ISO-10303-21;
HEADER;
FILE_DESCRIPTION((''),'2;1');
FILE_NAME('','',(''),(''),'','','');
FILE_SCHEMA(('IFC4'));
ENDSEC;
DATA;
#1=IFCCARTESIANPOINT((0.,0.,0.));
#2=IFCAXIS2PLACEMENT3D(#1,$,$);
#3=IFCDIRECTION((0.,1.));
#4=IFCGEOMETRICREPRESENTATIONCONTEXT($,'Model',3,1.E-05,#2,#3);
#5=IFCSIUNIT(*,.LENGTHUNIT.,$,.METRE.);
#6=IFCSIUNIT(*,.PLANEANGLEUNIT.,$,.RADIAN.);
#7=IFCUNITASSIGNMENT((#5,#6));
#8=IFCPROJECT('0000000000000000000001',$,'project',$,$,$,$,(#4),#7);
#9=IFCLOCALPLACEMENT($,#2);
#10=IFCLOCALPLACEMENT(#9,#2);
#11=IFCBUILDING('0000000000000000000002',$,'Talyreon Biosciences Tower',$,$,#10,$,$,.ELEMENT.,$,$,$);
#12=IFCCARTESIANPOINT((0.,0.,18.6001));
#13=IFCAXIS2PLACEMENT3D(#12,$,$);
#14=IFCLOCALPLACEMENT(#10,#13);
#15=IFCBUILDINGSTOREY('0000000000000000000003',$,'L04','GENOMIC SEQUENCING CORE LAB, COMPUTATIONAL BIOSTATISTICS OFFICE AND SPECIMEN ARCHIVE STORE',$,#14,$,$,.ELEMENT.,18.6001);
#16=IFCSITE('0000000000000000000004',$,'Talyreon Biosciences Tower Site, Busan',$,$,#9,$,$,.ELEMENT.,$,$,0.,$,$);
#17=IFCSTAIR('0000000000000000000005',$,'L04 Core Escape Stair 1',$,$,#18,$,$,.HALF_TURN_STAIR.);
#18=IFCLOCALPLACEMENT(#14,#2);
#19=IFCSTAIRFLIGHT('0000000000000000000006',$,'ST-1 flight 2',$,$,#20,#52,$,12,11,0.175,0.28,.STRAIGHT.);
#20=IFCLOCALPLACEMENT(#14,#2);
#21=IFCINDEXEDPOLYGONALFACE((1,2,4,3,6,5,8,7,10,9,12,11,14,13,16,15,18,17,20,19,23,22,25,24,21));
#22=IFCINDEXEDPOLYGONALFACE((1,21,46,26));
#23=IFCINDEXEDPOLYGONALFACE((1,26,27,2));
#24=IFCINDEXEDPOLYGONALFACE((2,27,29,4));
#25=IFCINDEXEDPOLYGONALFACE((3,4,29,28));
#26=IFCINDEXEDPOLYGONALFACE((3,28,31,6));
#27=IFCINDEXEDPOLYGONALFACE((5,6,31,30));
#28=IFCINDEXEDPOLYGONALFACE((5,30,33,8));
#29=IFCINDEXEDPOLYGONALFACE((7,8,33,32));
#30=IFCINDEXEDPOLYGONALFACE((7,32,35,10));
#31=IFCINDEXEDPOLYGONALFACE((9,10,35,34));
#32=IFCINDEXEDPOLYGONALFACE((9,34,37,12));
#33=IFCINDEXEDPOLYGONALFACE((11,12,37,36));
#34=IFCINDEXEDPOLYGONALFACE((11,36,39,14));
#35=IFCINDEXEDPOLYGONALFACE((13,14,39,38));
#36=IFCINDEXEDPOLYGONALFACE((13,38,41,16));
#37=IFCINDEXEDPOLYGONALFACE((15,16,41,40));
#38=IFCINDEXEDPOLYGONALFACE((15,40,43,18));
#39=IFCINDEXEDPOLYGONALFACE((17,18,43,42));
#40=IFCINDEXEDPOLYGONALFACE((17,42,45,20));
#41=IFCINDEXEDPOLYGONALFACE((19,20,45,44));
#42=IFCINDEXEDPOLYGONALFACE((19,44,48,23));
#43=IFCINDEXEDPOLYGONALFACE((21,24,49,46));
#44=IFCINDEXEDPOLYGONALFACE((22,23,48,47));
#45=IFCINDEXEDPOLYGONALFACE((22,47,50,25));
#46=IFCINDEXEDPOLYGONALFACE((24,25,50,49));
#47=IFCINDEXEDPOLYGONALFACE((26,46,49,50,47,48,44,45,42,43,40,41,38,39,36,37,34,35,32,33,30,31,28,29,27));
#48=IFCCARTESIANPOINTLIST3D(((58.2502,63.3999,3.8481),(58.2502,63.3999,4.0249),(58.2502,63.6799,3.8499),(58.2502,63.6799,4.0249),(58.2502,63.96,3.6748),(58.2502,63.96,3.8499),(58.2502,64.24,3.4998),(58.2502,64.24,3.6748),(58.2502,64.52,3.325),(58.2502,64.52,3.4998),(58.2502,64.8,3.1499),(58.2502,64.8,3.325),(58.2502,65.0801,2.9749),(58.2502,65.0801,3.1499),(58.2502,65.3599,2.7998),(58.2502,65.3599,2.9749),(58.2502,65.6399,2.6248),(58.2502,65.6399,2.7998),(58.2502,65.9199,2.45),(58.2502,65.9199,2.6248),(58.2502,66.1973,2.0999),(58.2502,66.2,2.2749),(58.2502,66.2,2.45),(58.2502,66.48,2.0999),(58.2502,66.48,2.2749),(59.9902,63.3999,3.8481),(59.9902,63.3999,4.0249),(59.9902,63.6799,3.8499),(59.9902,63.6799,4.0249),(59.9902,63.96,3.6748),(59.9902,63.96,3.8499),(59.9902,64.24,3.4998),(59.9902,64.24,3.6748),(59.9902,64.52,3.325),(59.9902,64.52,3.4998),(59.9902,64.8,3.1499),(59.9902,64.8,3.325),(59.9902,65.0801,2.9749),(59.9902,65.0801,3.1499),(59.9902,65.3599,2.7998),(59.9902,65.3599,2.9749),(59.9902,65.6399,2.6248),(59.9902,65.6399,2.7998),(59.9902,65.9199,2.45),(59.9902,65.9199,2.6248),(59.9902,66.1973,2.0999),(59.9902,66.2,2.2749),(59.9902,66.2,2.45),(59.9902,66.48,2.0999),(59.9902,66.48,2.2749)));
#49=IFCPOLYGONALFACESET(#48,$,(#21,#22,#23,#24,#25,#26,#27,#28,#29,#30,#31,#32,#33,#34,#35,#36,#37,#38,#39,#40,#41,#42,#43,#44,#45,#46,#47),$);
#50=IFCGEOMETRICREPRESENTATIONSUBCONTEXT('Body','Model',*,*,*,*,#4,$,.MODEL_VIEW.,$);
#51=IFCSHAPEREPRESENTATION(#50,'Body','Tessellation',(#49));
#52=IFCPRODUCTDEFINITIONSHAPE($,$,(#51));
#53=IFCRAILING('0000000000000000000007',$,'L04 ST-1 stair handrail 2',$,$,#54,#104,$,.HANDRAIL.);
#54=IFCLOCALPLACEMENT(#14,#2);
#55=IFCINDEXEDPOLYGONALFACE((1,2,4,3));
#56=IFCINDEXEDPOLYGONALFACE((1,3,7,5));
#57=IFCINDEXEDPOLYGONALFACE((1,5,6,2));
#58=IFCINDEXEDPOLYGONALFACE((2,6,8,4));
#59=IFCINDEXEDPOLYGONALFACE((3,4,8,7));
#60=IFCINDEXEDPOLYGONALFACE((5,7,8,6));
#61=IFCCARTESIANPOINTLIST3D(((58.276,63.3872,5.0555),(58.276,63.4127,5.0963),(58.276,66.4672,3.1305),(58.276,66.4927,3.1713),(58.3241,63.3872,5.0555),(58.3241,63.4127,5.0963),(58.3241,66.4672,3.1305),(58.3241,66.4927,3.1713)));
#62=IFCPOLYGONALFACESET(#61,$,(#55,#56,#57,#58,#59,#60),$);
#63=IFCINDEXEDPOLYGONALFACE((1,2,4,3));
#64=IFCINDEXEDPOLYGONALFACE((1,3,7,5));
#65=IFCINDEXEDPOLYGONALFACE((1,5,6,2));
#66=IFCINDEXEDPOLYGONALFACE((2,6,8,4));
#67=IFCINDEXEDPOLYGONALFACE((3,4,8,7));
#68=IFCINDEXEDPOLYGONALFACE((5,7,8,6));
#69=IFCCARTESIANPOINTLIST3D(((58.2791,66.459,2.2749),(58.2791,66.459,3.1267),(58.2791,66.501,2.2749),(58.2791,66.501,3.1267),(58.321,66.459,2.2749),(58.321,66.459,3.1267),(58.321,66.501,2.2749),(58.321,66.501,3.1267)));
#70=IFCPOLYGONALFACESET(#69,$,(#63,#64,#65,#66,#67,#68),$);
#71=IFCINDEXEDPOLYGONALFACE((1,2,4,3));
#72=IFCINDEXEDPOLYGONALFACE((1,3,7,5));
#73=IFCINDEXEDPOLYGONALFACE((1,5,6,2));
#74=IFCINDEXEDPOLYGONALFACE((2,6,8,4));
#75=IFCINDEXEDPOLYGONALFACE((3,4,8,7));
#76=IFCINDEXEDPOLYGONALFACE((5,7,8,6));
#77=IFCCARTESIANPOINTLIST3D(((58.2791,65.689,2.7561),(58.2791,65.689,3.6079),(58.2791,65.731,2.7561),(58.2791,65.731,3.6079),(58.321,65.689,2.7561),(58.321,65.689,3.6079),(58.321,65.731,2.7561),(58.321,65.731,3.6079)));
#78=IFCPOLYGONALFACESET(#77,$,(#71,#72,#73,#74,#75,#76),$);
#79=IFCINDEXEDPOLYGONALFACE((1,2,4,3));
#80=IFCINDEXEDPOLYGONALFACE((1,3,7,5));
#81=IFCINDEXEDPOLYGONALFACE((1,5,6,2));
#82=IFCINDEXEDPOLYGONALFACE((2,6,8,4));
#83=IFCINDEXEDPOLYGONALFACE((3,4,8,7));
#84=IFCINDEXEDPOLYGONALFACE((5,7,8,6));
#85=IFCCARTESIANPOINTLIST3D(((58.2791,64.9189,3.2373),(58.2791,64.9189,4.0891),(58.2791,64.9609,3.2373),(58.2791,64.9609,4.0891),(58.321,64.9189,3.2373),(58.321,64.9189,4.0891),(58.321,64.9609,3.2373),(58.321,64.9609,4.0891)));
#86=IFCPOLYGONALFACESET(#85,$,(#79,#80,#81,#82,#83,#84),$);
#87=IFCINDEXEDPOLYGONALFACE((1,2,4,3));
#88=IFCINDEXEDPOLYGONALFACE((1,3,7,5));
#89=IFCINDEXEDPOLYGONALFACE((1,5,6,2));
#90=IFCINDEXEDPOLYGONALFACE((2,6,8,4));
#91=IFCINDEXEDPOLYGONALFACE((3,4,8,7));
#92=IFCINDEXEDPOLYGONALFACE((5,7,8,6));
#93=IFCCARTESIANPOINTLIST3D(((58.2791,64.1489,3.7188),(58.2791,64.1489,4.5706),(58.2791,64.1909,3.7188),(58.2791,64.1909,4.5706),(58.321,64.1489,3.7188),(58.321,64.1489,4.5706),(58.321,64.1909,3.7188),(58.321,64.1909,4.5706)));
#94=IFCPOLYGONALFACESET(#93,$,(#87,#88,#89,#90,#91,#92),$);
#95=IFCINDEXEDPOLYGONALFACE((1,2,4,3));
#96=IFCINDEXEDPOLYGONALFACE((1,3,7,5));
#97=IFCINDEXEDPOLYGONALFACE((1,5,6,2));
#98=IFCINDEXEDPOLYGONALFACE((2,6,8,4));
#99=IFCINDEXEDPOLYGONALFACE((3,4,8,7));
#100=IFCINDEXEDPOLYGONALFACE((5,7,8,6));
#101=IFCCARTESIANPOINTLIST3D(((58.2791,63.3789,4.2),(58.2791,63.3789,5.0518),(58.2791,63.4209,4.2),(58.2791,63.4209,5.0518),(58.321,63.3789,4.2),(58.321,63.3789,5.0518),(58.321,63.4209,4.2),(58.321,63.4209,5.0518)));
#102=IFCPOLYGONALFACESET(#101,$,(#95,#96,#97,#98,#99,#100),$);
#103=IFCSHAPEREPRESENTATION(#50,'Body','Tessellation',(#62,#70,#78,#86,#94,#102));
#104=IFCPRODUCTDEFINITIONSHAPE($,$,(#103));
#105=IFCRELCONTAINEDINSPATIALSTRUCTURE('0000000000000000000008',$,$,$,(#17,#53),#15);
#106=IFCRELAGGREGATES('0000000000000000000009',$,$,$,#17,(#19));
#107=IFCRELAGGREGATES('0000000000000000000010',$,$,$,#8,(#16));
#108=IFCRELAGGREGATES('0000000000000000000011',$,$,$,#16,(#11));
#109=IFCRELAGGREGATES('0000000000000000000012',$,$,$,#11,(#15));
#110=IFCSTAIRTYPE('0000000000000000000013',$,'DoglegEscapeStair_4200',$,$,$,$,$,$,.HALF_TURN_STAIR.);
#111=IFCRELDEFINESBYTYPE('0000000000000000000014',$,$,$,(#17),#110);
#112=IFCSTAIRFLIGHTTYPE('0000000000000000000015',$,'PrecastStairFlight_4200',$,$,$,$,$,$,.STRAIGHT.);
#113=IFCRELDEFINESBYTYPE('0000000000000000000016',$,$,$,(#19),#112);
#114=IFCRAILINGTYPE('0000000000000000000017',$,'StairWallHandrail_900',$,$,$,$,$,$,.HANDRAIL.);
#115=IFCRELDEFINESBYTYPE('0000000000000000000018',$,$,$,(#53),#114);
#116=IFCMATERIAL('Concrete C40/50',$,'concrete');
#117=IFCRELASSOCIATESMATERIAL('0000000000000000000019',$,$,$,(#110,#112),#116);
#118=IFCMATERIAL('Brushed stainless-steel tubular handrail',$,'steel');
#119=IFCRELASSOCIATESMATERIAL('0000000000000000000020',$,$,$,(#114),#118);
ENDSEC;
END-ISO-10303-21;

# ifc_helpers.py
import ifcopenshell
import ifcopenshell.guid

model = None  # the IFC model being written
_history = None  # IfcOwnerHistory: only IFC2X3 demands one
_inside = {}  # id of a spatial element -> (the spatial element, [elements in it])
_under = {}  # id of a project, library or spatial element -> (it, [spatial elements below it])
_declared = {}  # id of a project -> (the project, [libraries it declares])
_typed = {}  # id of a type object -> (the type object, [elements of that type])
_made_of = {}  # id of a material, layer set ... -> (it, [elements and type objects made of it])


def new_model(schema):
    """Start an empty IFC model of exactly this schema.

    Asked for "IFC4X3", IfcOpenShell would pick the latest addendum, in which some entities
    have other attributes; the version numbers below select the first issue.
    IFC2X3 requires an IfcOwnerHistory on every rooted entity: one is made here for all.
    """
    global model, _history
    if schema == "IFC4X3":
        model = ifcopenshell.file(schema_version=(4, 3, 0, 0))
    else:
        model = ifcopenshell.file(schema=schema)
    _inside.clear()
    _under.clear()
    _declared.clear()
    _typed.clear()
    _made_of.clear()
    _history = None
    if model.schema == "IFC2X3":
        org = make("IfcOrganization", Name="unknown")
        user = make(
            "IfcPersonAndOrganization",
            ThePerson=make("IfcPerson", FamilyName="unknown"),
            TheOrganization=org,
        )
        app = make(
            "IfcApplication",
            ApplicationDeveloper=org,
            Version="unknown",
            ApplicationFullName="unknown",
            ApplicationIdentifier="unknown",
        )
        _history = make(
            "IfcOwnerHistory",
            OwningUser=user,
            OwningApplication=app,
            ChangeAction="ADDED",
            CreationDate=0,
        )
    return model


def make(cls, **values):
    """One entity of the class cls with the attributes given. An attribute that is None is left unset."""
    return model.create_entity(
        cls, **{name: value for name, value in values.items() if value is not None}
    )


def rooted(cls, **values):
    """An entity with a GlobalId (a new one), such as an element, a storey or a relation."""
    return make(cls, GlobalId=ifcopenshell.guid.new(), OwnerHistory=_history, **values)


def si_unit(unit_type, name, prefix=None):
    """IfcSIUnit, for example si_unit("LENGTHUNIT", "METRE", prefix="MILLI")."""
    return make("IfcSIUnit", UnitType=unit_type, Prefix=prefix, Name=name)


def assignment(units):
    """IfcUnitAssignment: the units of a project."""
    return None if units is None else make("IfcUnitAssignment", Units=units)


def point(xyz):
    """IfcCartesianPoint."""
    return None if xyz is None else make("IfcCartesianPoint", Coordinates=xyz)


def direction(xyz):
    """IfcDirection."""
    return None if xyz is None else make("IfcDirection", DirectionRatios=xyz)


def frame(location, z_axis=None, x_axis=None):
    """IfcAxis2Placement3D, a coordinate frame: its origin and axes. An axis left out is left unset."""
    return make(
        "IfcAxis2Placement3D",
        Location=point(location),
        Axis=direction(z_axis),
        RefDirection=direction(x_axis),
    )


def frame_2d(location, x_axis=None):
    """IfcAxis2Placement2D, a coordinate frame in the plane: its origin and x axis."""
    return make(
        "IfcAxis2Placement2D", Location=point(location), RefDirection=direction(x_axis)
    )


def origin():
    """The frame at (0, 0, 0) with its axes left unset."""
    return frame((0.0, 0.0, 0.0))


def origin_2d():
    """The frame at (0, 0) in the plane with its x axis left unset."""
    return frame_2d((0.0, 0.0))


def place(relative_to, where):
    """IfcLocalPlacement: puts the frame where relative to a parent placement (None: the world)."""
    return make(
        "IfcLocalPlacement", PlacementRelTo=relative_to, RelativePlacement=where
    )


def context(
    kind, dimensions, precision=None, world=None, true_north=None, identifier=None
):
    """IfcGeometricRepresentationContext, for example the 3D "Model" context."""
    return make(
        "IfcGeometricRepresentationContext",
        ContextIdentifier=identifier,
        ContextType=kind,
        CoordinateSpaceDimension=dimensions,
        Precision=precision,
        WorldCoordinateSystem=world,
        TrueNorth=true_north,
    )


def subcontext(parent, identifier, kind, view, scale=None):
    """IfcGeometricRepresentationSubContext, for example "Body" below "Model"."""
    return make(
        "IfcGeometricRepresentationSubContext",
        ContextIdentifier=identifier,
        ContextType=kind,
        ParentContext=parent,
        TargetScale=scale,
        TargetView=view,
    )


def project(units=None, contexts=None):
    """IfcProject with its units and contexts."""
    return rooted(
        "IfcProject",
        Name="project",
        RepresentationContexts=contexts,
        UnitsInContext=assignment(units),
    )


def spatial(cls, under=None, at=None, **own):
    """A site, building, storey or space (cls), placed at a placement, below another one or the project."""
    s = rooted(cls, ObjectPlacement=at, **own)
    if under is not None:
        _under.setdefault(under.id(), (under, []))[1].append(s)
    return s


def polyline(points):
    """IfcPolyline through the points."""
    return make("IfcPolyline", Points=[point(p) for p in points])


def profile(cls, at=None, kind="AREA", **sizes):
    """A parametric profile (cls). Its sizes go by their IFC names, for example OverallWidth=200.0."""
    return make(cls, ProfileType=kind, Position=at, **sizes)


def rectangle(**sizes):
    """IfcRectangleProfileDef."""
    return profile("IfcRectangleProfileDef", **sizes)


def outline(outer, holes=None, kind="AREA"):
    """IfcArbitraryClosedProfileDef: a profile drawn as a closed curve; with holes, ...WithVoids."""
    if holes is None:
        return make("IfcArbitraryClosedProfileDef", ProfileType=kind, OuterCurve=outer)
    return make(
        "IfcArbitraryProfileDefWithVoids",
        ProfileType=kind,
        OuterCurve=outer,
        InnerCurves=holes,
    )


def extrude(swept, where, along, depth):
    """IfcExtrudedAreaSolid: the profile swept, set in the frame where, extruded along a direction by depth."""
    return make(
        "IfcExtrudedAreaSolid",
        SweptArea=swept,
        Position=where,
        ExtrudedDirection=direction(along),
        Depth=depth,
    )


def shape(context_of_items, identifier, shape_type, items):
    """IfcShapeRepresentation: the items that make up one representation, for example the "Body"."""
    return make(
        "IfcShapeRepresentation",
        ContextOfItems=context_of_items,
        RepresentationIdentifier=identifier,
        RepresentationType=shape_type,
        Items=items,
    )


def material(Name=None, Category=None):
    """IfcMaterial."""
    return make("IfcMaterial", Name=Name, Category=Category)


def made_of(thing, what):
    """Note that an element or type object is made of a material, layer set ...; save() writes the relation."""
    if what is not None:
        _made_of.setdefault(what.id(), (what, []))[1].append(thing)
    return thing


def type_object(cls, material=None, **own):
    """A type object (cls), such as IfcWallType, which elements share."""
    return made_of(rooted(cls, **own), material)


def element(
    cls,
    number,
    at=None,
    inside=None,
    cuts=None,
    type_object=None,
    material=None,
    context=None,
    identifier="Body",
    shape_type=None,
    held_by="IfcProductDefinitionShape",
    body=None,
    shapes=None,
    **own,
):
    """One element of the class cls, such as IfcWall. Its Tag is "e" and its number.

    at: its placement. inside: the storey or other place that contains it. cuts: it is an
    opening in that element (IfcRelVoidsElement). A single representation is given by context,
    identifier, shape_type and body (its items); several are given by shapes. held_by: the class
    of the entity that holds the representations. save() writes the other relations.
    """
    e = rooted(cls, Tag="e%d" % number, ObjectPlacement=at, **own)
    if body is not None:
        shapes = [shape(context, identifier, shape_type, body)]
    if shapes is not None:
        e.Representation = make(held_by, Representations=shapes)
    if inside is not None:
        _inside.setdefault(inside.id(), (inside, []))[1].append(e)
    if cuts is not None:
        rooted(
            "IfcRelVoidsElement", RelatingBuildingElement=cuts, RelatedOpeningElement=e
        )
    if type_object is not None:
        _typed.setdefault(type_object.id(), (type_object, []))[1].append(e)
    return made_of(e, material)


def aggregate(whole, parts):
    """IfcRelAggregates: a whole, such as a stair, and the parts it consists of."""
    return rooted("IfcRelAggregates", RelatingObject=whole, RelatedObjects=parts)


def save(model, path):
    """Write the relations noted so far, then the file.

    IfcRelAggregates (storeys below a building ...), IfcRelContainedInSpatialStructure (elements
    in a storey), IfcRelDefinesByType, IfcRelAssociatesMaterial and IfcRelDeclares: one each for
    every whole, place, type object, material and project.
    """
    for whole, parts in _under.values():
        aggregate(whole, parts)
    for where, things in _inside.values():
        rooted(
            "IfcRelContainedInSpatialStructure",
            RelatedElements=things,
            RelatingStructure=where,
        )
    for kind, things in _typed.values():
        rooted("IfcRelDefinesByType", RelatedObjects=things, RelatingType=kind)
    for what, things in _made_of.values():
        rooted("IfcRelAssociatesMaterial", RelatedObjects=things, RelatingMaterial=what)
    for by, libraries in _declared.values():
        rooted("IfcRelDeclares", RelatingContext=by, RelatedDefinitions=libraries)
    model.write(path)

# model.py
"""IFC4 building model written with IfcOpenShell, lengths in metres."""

from ifc_helpers import new_model, si_unit, direction, frame, origin, origin_2d, place, context, subcontext, project, spatial, polyline, rectangle, outline, extrude, material, type_object, element, aggregate, save


model = new_model("IFC4")

# Units and contexts
model_context = context("Model", 3, precision=1e-05, world=origin(), true_north=direction((0.0, 1.0)))
body_context = subcontext(model_context, "Body", "Model", "MODEL_VIEW")
ifc_project = project(units=[si_unit("LENGTHUNIT", "METRE"), si_unit("PLANEANGLEUNIT", "RADIAN")], contexts=[model_context])

# Site, building, storey
site_placement = place(None, origin())
site = spatial("IfcSite", under=ifc_project, at=site_placement, Name="Talyreon Biosciences Tower Site, Busan", CompositionType="ELEMENT", RefElevation=0.0)
building_placement = place(site_placement, origin())
building = spatial("IfcBuilding", under=site, at=building_placement, Name="Talyreon Biosciences Tower", CompositionType="ELEMENT")
storey_placement = place(building_placement, frame((0.0, 0.0, 18.6001)))
storey = spatial("IfcBuildingStorey", under=building, at=storey_placement, Name="L04", Description="GENOMIC SEQUENCING CORE LAB, COMPUTATIONAL BIOSTATISTICS OFFICE AND SPECIMEN ARCHIVE STORE", CompositionType="ELEMENT", Elevation=18.6001)

# Stair, stair flight
ifc_material_1 = material(Name="Concrete C40/50", Category="concrete")
stair_type = type_object("IfcStairType", Name="DoglegEscapeStair_4200", PredefinedType="HALF_TURN_STAIR", material=ifc_material_1)
stair_placement = place(storey_placement, origin())
stair = element("IfcStair", 1, at=stair_placement, inside=storey, type_object=stair_type, Name="L04 Core Escape Stair 1", PredefinedType="HALF_TURN_STAIR")
stair_flight_type = type_object("IfcStairFlightType", Name="PrecastStairFlight_4200", PredefinedType="STRAIGHT", material=ifc_material_1)
stair_flight_placement = place(storey_placement, frame((59.1201, 66.48, 2.0999), z_axis=(0.0, 0.0, 1.0), x_axis=(0.0, -1.0, 0.0)))
stair_flight = element("IfcStairFlight", 2, at=stair_flight_placement, type_object=stair_flight_type, Name="ST-1 flight 2", NumberOfRisers=12, NumberOfTreads=11, PredefinedType="STRAIGHT", RiserHeight=0.175, TreadLength=0.28, context=body_context, shape_type="SweptSolid", body=[
    extrude(outline(polyline([(0.0, 0.0), (0.0, 0.175), (0.28, 0.175), (0.28, 0.3501), (0.5601, 0.3501), (0.5601, 0.5249), (0.8401, 0.5249), (0.8401, 0.7), (1.1201, 0.7), (1.1201, 0.875), (1.3999, 0.875), (1.3999, 1.05), (1.6799, 1.05), (1.6799, 1.2251), (1.96, 1.2251), (1.96, 1.3999), (2.24, 1.3999), (2.24, 1.575), (2.52, 1.575), (2.52, 1.75), (2.8, 1.75), (2.8, 1.925), (3.0801, 1.925), (3.0801, 2.1001), (3.0801, 1.7483), (0.2827, 0.0), (0.0, 0.0)])), frame((0.0, 0.8701, 0.0), z_axis=(0.0, -1.0, 0.0), x_axis=(1.0, 0.0, 0.0)), (0.0, 0.0, 1.0), 1.74),
])
aggregate(stair, [stair_flight])

# Railing
ifc_material_2 = material(Name="Brushed stainless-steel tubular handrail", Category="steel")
railing_type = type_object("IfcRailingType", Name="StairWallHandrail_900", PredefinedType="HANDRAIL", material=ifc_material_2)
railing_placement = place(storey_placement, frame((58.3, 66.48, 2.2749)))
element("IfcRailing", 3, at=railing_placement, inside=storey, type_object=railing_type, Name="L04 ST-1 stair handrail 2", PredefinedType="HANDRAIL", context=body_context, shape_type="SweptSolid", body=[
    extrude(rectangle(XDim=0.0481, YDim=0.0481, at=origin_2d()), frame((0.0, 0.0, 0.876), z_axis=(0.0, -0.847998, 0.529999), x_axis=(1.0, 0.0, 0.0)), (0.0, 0.0, 1.0), 3.6321),
    extrude(rectangle(XDim=0.042, YDim=0.042, at=origin_2d()), origin(), (0.0, 0.0, 1.0), 0.8518),
    extrude(rectangle(XDim=0.042, YDim=0.042, at=origin_2d()), frame((0.0, -0.77, 0.4812)), (0.0, 0.0, 1.0), 0.8518),
    extrude(rectangle(XDim=0.042, YDim=0.042, at=origin_2d()), frame((0.0, -1.54, 0.9624)), (0.0, 0.0, 1.0), 0.8518),
    extrude(rectangle(XDim=0.042, YDim=0.042, at=origin_2d()), frame((0.0, -2.3101, 1.4438)), (0.0, 0.0, 1.0), 0.8518),
    extrude(rectangle(XDim=0.042, YDim=0.042, at=origin_2d()), frame((0.0, -3.0801, 1.925)), (0.0, 0.0, 1.0), 0.8518),
])

save(model, "model.ifc")
